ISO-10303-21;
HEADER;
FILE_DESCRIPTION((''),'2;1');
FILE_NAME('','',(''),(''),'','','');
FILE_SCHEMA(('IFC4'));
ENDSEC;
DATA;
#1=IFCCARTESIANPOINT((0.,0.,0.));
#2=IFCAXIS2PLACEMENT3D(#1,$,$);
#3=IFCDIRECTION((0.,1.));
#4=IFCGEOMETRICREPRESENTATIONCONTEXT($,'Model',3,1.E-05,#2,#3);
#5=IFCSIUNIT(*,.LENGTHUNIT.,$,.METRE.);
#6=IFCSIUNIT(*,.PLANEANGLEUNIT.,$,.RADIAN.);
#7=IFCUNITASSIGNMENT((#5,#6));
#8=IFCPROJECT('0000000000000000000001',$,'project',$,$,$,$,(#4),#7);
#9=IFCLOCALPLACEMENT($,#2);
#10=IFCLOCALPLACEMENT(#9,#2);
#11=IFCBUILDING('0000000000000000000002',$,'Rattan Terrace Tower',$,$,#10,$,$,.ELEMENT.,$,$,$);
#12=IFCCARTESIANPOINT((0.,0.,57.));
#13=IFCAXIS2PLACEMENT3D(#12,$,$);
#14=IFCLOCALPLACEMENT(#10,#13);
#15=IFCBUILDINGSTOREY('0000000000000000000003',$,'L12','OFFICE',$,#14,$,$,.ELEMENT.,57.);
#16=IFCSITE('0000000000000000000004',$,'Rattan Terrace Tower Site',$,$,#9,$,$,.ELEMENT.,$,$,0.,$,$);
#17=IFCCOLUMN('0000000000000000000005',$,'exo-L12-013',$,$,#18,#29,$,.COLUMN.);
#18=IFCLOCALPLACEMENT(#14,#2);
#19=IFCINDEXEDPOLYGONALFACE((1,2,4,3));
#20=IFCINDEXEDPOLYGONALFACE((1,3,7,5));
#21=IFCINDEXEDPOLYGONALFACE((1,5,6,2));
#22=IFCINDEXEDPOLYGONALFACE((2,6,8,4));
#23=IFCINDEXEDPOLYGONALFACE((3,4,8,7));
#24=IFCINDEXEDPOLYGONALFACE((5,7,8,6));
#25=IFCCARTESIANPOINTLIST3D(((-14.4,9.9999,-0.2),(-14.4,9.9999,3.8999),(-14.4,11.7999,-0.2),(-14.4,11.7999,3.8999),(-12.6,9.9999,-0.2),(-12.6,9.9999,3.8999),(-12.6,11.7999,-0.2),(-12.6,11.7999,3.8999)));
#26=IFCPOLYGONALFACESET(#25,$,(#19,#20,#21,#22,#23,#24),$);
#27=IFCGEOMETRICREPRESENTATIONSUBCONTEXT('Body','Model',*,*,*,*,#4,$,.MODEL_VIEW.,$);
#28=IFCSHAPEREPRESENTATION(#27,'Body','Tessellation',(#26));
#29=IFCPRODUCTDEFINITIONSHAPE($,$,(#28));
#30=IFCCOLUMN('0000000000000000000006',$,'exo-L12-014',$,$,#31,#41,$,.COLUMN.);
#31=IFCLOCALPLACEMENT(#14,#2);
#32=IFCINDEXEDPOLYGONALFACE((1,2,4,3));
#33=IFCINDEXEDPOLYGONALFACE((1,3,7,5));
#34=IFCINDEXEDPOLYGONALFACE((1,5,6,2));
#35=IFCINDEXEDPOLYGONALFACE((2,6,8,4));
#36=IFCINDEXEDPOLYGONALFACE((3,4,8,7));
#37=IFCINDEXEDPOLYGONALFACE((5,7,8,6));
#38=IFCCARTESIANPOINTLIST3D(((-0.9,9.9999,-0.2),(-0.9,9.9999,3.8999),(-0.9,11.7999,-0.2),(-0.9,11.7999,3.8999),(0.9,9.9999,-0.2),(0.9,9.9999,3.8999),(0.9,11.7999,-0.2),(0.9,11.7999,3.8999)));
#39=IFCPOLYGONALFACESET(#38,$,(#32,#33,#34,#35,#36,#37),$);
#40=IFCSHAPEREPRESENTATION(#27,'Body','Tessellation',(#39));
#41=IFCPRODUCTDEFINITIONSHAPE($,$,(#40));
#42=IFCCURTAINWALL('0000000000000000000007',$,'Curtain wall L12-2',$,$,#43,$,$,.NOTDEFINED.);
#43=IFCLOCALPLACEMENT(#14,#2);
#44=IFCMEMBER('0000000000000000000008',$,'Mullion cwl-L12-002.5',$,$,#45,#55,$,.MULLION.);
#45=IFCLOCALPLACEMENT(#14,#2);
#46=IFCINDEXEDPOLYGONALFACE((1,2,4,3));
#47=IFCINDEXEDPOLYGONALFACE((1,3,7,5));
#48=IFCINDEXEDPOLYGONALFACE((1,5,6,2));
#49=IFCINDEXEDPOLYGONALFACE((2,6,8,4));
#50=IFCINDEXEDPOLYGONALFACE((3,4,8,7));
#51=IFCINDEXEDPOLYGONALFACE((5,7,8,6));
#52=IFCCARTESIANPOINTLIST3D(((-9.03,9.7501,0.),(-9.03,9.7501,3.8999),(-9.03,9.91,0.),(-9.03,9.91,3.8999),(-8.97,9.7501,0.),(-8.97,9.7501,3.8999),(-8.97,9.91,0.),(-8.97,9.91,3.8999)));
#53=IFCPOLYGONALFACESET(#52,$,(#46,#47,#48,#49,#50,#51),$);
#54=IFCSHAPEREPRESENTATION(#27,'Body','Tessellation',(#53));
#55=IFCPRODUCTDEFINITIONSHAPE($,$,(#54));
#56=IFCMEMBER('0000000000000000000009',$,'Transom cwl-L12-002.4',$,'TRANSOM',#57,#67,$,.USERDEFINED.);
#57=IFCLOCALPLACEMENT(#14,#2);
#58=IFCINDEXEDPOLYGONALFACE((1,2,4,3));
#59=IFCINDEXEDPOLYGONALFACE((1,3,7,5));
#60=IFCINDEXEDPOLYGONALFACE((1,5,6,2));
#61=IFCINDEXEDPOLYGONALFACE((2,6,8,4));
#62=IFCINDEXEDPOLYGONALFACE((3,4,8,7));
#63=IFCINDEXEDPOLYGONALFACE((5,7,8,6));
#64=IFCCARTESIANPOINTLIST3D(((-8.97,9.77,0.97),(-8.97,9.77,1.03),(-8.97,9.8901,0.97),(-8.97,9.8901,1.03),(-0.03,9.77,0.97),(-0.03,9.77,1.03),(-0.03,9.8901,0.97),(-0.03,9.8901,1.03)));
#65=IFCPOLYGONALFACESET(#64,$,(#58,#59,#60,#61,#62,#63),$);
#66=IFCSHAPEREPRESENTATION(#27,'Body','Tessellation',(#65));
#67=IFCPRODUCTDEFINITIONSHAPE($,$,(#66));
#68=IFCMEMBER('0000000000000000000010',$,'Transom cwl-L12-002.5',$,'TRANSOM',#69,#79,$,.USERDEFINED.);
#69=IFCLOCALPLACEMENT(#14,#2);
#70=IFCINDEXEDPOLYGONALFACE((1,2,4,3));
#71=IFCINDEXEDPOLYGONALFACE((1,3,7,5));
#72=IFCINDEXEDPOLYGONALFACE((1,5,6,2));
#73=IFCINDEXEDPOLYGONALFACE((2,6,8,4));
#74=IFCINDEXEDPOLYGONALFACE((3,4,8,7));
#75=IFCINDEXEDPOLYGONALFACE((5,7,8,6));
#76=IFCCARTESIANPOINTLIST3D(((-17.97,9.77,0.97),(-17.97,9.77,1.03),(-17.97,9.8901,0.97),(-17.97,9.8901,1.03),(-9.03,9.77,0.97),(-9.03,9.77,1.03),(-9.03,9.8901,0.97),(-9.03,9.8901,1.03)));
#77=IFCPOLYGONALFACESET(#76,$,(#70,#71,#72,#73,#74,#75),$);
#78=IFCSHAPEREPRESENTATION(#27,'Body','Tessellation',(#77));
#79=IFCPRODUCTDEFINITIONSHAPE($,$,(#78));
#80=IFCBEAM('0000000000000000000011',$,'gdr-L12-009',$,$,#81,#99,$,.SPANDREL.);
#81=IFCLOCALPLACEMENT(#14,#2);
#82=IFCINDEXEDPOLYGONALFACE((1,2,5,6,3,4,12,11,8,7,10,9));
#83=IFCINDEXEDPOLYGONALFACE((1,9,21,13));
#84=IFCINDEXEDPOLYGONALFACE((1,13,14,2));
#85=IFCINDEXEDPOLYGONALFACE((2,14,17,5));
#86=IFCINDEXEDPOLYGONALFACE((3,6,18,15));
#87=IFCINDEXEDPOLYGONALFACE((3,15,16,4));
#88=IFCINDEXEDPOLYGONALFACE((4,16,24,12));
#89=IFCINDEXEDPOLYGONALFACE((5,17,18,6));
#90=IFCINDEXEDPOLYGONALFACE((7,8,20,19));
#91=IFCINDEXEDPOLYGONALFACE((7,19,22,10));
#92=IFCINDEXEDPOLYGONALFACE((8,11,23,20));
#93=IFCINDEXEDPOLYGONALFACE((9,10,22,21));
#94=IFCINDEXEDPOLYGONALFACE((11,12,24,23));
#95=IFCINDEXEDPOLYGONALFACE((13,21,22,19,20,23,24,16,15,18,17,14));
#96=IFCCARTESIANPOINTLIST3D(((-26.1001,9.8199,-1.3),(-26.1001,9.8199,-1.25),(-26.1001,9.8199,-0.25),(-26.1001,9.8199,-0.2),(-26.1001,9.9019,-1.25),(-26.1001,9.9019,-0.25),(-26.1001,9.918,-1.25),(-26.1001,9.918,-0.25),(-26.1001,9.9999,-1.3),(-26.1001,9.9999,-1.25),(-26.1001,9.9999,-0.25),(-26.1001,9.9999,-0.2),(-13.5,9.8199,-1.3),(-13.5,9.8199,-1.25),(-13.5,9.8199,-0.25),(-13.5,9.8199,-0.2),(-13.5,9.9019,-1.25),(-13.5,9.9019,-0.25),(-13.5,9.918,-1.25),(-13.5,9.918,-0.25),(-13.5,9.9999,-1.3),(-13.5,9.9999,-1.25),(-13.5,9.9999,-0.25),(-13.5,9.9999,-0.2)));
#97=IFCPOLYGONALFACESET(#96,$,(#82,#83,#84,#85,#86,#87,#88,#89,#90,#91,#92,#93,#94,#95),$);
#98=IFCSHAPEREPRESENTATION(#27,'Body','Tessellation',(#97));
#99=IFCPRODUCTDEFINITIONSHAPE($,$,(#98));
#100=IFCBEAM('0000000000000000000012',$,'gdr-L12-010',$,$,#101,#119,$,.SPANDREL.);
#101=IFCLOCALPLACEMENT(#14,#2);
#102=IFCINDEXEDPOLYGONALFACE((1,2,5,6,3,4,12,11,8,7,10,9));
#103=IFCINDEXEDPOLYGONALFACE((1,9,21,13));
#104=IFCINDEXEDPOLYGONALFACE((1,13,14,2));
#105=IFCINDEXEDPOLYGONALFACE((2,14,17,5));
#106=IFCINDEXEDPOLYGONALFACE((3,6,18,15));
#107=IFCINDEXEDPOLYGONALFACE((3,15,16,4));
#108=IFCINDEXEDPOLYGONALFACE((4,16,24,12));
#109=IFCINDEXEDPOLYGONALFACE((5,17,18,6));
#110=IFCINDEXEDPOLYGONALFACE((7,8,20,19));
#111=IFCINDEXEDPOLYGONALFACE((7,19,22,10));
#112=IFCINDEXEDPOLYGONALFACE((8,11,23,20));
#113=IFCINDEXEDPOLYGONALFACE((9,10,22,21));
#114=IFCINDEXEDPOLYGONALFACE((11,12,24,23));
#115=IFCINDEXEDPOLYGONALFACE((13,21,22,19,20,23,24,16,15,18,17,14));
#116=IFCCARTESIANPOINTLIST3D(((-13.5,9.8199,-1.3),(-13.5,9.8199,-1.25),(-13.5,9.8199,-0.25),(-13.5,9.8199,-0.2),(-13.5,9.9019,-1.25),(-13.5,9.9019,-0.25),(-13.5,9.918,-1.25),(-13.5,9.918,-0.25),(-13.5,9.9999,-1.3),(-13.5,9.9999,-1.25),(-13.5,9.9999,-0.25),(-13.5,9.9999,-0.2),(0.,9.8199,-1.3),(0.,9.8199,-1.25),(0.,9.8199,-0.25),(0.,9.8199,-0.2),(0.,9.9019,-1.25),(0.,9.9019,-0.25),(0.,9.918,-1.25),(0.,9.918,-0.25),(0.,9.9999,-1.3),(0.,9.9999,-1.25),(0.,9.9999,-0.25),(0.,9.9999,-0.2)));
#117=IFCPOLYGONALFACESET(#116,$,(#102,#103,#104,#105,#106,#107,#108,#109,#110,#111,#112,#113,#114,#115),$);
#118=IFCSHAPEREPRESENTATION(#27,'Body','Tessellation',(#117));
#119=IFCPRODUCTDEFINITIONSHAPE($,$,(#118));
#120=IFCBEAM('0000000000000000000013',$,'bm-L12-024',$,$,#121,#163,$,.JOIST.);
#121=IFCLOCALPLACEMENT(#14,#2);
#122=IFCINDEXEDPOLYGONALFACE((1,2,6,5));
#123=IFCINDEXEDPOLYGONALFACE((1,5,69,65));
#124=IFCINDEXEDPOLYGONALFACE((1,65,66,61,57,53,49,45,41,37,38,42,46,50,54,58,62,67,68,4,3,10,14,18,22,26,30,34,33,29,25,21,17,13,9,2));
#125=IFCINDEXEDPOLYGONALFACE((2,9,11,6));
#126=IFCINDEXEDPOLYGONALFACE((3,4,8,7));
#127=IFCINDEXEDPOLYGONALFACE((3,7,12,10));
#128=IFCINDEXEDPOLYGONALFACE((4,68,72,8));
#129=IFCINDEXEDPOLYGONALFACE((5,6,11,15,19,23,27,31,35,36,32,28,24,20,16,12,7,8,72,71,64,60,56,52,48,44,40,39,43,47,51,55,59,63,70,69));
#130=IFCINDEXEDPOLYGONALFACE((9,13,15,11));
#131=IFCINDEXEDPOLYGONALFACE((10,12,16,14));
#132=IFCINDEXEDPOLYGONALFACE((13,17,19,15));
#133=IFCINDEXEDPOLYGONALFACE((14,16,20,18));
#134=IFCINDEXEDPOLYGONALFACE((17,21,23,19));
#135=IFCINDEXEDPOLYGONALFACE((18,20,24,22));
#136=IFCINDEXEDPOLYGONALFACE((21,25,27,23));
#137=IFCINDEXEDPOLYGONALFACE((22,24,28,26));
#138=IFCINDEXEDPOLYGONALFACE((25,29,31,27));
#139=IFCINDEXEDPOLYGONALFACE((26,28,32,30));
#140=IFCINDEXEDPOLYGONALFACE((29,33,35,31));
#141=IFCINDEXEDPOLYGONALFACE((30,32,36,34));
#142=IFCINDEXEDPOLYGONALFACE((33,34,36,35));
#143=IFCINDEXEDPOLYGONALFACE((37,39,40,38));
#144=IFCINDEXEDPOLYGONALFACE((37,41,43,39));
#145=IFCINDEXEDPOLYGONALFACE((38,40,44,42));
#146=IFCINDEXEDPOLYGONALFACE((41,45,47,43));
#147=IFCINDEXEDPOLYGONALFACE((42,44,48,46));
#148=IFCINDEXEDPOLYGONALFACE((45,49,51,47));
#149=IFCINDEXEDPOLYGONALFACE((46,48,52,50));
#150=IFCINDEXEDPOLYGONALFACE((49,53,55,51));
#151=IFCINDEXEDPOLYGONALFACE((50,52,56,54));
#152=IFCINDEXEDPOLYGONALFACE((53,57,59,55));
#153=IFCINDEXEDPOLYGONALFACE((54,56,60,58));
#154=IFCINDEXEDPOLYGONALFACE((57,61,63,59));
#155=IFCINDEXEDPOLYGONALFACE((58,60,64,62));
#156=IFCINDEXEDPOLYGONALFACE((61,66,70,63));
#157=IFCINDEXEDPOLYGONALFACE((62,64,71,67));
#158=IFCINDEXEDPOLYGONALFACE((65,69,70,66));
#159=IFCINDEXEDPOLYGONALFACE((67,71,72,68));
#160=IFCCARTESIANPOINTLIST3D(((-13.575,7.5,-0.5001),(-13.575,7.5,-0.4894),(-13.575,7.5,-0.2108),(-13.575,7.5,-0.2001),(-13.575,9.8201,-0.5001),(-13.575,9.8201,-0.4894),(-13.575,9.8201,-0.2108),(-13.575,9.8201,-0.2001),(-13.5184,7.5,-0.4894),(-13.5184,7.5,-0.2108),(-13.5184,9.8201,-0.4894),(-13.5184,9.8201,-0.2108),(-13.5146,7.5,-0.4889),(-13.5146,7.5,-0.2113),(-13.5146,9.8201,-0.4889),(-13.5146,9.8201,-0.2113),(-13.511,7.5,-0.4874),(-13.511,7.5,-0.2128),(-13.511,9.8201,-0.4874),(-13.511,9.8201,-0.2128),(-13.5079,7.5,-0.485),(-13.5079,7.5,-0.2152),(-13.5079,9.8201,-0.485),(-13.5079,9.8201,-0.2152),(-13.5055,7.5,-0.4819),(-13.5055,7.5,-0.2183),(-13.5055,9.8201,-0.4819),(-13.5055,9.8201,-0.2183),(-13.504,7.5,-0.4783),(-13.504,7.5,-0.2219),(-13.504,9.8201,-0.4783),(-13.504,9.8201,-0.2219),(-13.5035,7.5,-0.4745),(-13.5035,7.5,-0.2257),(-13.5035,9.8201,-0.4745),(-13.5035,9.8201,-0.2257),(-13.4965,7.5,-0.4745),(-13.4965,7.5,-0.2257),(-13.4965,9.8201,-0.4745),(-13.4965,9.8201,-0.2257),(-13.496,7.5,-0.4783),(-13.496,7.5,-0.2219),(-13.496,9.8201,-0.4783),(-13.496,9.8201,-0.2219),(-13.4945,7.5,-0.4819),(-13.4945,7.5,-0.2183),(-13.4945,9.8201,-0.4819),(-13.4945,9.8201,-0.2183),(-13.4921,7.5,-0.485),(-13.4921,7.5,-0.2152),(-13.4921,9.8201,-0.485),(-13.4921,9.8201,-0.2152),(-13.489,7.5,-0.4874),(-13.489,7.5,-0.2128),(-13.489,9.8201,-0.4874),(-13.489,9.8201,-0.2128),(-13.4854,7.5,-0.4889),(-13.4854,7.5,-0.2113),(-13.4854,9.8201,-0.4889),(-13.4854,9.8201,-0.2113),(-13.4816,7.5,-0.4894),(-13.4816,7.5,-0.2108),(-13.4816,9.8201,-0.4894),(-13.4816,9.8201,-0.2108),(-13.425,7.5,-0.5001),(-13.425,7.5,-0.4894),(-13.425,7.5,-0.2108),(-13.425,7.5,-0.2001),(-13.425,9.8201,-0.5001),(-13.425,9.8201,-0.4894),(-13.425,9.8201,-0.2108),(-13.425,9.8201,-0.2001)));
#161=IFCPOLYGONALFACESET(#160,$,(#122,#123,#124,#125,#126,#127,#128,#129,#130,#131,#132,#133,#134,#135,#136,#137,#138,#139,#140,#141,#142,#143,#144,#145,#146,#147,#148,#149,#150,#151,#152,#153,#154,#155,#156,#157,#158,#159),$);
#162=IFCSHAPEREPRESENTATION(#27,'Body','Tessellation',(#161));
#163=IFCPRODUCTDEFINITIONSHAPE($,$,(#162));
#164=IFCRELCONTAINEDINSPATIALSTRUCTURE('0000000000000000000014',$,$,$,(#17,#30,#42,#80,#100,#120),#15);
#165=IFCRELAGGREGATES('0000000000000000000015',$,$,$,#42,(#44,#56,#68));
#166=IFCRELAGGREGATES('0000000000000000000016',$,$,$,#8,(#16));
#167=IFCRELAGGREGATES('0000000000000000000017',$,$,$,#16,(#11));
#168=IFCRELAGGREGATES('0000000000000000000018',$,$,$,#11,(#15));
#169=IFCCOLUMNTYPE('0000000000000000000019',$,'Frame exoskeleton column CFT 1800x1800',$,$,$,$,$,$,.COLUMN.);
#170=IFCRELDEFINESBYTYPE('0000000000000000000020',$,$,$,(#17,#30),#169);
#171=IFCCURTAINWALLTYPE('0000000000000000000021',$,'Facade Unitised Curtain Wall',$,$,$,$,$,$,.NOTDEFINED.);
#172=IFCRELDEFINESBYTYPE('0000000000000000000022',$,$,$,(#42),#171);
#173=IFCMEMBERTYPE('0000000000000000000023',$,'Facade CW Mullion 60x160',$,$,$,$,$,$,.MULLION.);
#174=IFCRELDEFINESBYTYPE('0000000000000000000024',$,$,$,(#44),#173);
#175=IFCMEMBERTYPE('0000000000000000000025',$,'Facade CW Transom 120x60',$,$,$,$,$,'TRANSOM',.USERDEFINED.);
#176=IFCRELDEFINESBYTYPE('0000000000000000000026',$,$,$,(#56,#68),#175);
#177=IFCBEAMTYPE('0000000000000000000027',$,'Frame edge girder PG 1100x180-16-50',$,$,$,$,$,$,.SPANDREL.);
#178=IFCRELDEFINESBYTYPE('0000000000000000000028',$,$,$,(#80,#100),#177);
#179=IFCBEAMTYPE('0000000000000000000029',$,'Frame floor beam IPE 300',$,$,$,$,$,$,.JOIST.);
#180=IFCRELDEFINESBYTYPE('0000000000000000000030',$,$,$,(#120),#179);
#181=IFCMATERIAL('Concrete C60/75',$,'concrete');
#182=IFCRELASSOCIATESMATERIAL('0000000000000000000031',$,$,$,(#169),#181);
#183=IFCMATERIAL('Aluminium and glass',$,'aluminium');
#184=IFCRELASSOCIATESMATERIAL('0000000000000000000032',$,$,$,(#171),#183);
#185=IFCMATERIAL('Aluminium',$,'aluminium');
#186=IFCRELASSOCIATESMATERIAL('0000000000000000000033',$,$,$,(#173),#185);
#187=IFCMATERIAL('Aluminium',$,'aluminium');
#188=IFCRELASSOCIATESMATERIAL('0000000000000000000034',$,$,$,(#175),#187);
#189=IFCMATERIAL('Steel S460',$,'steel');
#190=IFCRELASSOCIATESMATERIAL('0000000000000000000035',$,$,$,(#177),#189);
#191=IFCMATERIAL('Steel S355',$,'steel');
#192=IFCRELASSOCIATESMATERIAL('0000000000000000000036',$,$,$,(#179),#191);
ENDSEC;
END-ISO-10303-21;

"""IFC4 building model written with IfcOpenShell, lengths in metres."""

from ifc_helpers import new_model, si_unit, direction, frame, origin, origin_2d, place, context, subcontext, project, spatial, rectangle, i_section, extrude, material, material_profile, profile_set, type_object, element, aggregate, save


model = new_model("IFC4")

# Units and contexts
model_context = context("Model", 3, precision=1e-05, world=origin(), true_north=direction((0.0, 1.0)))
body_context = subcontext(model_context, "Body", "Model", "MODEL_VIEW")
ifc_project = project(units=[si_unit("LENGTHUNIT", "METRE"), si_unit("PLANEANGLEUNIT", "RADIAN")], contexts=[model_context])

# Site, building, storey
site_placement = place(None, origin())
site = spatial("IfcSite", under=ifc_project, at=site_placement, Name="Rattan Terrace Tower Site", CompositionType="ELEMENT", RefElevation=0.0)
building_placement = place(site_placement, origin())
building = spatial("IfcBuilding", under=site, at=building_placement, Name="Rattan Terrace Tower", CompositionType="ELEMENT")
storey_placement = place(building_placement, frame((0.0, 0.0, 57.0)))
storey = spatial("IfcBuildingStorey", under=building, at=storey_placement, Name="L12", Description="OFFICE", CompositionType="ELEMENT", Elevation=57.0)

# Columns
ifc_material_1 = material(Name="Concrete C60/75", Category="concrete")
ifc_material_profile_1 = material_profile(ifc_material_1, rectangle(XDim=1.8, YDim=1.8, at=origin_2d()), Name="CFT 1800x1800")
ifc_profile_set_1 = profile_set([ifc_material_profile_1], Name="Concrete C60/75")
column_type = type_object("IfcColumnType", Name="Frame exoskeleton column CFT 1800x1800", PredefinedType="COLUMN", material=ifc_profile_set_1)
for number, where, z_axis, x_axis, name in (
    (1, (-13.5, 10.8999, -0.2), (0.0, 0.0, 1.0), (1.0, 0.0, 0.0), "exo-L12-013"),
    (2, (0.0, 10.8999, -0.2), (0.0, 0.0, 1.0), (1.0, 0.0, 0.0), "exo-L12-014"),
):
    element("IfcColumn", number, at=place(storey_placement, frame(where, z_axis=z_axis, x_axis=x_axis)), inside=storey, type_object=column_type, Name=name, PredefinedType="COLUMN", context=body_context, shape_type="SweptSolid", body=[
        extrude(rectangle(XDim=1.8, YDim=1.8, at=origin_2d()), origin(), (0.0, 0.0, 1.0), 4.0999),
    ])

# Curtain wall, members
ifc_material_2 = material(Name="Aluminium and glass", Category="aluminium")
curtain_wall_type = type_object("IfcCurtainWallType", Name="Facade Unitised Curtain Wall", PredefinedType="NOTDEFINED", material=ifc_material_2)
curtain_wall_placement = place(storey_placement, origin())
curtain_wall = element("IfcCurtainWall", 3, at=curtain_wall_placement, inside=storey, type_object=curtain_wall_type, Name="Curtain wall L12-2", PredefinedType="NOTDEFINED")
ifc_material_3 = material(Name="Aluminium", Category="aluminium")
ifc_material_profile_2 = material_profile(ifc_material_3, rectangle(XDim=0.0601, YDim=0.1599, at=origin_2d()), Name="Aluminium 60x160")
ifc_profile_set_2 = profile_set([ifc_material_profile_2], Name="Aluminium")
member_type_1 = type_object("IfcMemberType", Name="Facade CW Mullion 60x160", PredefinedType="MULLION", material=ifc_profile_set_2)
member_1_placement = place(storey_placement, frame((-9.0, 9.8301, 0.0), z_axis=(0.0, 0.0, 1.0), x_axis=(-1.0, 0.0, 0.0)))
member_1 = element("IfcMember", 4, at=member_1_placement, type_object=member_type_1, Name="Mullion cwl-L12-002.5", PredefinedType="MULLION", context=body_context, shape_type="SweptSolid", body=[
    extrude(rectangle(XDim=0.0601, YDim=0.1599, at=origin_2d()), origin(), (0.0, 0.0, 1.0), 3.8999),
])
ifc_material_4 = material(Name="Aluminium", Category="aluminium")
ifc_material_profile_3 = material_profile(ifc_material_4, rectangle(XDim=0.1201, YDim=0.0601, at=origin_2d()), Name="Aluminium 120x60")
ifc_profile_set_3 = profile_set([ifc_material_profile_3], Name="Aluminium")
member_type_2 = type_object("IfcMemberType", Name="Facade CW Transom 120x60", ElementType="TRANSOM", PredefinedType="USERDEFINED", material=ifc_profile_set_3)
member_2_placement = place(storey_placement, frame((-0.03, 9.8301, 1.0), z_axis=(-1.0, 0.0, 0.0), x_axis=(0.0, -1.0, 0.0)))
member_2 = element("IfcMember", 5, at=member_2_placement, type_object=member_type_2, Name="Transom cwl-L12-002.4", ObjectType="TRANSOM", PredefinedType="USERDEFINED", context=body_context, shape_type="SweptSolid", body=[
    extrude(rectangle(XDim=0.1201, YDim=0.0601, at=origin_2d()), origin(), (0.0, 0.0, 1.0), 8.9399),
])
member_3_placement = place(storey_placement, frame((-9.03, 9.8301, 1.0), z_axis=(-1.0, 0.0, 0.0), x_axis=(0.0, -1.0, 0.0)))
member_3 = element("IfcMember", 6, at=member_3_placement, type_object=member_type_2, Name="Transom cwl-L12-002.5", ObjectType="TRANSOM", PredefinedType="USERDEFINED", context=body_context, shape_type="SweptSolid", body=[
    extrude(rectangle(XDim=0.1201, YDim=0.0601, at=origin_2d()), origin(), (0.0, 0.0, 1.0), 8.9399),
])

# Beams
ifc_material_5 = material(Name="Steel S460", Category="steel")
ifc_material_profile_4 = material_profile(ifc_material_5, i_section(OverallWidth=0.1799, OverallDepth=1.1001, WebThickness=0.0161, FlangeThickness=0.05, at=origin_2d()), Name="PG 1100x180-16-50")
ifc_profile_set_4 = profile_set([ifc_material_profile_4], Name="Steel S460")
beam_type_1 = type_object("IfcBeamType", Name="Frame edge girder PG 1100x180-16-50", PredefinedType="SPANDREL", material=ifc_profile_set_4)
beam_1_placement = place(storey_placement, frame((-13.5, 9.9099, -0.75), z_axis=(-1.0, 0.0, 0.0), x_axis=(0.0, -1.0, 0.0)))
element("IfcBeam", 7, at=beam_1_placement, inside=storey, type_object=beam_type_1, Name="gdr-L12-009", PredefinedType="SPANDREL", context=body_context, shape_type="SweptSolid", body=[
    extrude(i_section(OverallWidth=0.1799, OverallDepth=1.1001, WebThickness=0.0161, FlangeThickness=0.05, at=origin_2d()), origin(), (0.0, 0.0, 1.0), 12.6001),
])
beam_2_placement = place(storey_placement, frame((0.0, 9.9099, -0.75), z_axis=(-1.0, 0.0, 0.0), x_axis=(0.0, -1.0, 0.0)))
element("IfcBeam", 8, at=beam_2_placement, inside=storey, type_object=beam_type_1, Name="gdr-L12-010", PredefinedType="SPANDREL", context=body_context, shape_type="SweptSolid", body=[
    extrude(i_section(OverallWidth=0.1799, OverallDepth=1.1001, WebThickness=0.0161, FlangeThickness=0.05, at=origin_2d()), origin(), (0.0, 0.0, 1.0), 13.5),
])
ifc_material_6 = material(Name="Steel S355", Category="steel")
ifc_material_profile_5 = material_profile(ifc_material_6, i_section(OverallWidth=0.1499, OverallDepth=0.3, WebThickness=0.0071, FlangeThickness=0.0107, FilletRadius=0.0149, at=origin_2d()), Name="IPE 300")
ifc_profile_set_5 = profile_set([ifc_material_profile_5], Name="Steel S355")
beam_type_2 = type_object("IfcBeamType", Name="Frame floor beam IPE 300", PredefinedType="JOIST", material=ifc_profile_set_5)
for number, where, z_axis, x_axis, name in (
    (9, (-13.5, 7.5, -0.3501), (0.0, 1.0, 0.0), (-1.0, 0.0, 0.0), "bm-L12-024"),
):
    element("IfcBeam", number, at=place(storey_placement, frame(where, z_axis=z_axis, x_axis=x_axis)), inside=storey, type_object=beam_type_2, Name=name, PredefinedType="JOIST", context=body_context, shape_type="SweptSolid", body=[
        extrude(i_section(OverallWidth=0.1499, OverallDepth=0.3, WebThickness=0.0071, FlangeThickness=0.0107, FilletRadius=0.0149, at=origin_2d()), origin(), (0.0, 0.0, 1.0), 2.3201),
    ])

aggregate(curtain_wall, [member_1, member_2, member_3])

save(model, "model.ifc")
